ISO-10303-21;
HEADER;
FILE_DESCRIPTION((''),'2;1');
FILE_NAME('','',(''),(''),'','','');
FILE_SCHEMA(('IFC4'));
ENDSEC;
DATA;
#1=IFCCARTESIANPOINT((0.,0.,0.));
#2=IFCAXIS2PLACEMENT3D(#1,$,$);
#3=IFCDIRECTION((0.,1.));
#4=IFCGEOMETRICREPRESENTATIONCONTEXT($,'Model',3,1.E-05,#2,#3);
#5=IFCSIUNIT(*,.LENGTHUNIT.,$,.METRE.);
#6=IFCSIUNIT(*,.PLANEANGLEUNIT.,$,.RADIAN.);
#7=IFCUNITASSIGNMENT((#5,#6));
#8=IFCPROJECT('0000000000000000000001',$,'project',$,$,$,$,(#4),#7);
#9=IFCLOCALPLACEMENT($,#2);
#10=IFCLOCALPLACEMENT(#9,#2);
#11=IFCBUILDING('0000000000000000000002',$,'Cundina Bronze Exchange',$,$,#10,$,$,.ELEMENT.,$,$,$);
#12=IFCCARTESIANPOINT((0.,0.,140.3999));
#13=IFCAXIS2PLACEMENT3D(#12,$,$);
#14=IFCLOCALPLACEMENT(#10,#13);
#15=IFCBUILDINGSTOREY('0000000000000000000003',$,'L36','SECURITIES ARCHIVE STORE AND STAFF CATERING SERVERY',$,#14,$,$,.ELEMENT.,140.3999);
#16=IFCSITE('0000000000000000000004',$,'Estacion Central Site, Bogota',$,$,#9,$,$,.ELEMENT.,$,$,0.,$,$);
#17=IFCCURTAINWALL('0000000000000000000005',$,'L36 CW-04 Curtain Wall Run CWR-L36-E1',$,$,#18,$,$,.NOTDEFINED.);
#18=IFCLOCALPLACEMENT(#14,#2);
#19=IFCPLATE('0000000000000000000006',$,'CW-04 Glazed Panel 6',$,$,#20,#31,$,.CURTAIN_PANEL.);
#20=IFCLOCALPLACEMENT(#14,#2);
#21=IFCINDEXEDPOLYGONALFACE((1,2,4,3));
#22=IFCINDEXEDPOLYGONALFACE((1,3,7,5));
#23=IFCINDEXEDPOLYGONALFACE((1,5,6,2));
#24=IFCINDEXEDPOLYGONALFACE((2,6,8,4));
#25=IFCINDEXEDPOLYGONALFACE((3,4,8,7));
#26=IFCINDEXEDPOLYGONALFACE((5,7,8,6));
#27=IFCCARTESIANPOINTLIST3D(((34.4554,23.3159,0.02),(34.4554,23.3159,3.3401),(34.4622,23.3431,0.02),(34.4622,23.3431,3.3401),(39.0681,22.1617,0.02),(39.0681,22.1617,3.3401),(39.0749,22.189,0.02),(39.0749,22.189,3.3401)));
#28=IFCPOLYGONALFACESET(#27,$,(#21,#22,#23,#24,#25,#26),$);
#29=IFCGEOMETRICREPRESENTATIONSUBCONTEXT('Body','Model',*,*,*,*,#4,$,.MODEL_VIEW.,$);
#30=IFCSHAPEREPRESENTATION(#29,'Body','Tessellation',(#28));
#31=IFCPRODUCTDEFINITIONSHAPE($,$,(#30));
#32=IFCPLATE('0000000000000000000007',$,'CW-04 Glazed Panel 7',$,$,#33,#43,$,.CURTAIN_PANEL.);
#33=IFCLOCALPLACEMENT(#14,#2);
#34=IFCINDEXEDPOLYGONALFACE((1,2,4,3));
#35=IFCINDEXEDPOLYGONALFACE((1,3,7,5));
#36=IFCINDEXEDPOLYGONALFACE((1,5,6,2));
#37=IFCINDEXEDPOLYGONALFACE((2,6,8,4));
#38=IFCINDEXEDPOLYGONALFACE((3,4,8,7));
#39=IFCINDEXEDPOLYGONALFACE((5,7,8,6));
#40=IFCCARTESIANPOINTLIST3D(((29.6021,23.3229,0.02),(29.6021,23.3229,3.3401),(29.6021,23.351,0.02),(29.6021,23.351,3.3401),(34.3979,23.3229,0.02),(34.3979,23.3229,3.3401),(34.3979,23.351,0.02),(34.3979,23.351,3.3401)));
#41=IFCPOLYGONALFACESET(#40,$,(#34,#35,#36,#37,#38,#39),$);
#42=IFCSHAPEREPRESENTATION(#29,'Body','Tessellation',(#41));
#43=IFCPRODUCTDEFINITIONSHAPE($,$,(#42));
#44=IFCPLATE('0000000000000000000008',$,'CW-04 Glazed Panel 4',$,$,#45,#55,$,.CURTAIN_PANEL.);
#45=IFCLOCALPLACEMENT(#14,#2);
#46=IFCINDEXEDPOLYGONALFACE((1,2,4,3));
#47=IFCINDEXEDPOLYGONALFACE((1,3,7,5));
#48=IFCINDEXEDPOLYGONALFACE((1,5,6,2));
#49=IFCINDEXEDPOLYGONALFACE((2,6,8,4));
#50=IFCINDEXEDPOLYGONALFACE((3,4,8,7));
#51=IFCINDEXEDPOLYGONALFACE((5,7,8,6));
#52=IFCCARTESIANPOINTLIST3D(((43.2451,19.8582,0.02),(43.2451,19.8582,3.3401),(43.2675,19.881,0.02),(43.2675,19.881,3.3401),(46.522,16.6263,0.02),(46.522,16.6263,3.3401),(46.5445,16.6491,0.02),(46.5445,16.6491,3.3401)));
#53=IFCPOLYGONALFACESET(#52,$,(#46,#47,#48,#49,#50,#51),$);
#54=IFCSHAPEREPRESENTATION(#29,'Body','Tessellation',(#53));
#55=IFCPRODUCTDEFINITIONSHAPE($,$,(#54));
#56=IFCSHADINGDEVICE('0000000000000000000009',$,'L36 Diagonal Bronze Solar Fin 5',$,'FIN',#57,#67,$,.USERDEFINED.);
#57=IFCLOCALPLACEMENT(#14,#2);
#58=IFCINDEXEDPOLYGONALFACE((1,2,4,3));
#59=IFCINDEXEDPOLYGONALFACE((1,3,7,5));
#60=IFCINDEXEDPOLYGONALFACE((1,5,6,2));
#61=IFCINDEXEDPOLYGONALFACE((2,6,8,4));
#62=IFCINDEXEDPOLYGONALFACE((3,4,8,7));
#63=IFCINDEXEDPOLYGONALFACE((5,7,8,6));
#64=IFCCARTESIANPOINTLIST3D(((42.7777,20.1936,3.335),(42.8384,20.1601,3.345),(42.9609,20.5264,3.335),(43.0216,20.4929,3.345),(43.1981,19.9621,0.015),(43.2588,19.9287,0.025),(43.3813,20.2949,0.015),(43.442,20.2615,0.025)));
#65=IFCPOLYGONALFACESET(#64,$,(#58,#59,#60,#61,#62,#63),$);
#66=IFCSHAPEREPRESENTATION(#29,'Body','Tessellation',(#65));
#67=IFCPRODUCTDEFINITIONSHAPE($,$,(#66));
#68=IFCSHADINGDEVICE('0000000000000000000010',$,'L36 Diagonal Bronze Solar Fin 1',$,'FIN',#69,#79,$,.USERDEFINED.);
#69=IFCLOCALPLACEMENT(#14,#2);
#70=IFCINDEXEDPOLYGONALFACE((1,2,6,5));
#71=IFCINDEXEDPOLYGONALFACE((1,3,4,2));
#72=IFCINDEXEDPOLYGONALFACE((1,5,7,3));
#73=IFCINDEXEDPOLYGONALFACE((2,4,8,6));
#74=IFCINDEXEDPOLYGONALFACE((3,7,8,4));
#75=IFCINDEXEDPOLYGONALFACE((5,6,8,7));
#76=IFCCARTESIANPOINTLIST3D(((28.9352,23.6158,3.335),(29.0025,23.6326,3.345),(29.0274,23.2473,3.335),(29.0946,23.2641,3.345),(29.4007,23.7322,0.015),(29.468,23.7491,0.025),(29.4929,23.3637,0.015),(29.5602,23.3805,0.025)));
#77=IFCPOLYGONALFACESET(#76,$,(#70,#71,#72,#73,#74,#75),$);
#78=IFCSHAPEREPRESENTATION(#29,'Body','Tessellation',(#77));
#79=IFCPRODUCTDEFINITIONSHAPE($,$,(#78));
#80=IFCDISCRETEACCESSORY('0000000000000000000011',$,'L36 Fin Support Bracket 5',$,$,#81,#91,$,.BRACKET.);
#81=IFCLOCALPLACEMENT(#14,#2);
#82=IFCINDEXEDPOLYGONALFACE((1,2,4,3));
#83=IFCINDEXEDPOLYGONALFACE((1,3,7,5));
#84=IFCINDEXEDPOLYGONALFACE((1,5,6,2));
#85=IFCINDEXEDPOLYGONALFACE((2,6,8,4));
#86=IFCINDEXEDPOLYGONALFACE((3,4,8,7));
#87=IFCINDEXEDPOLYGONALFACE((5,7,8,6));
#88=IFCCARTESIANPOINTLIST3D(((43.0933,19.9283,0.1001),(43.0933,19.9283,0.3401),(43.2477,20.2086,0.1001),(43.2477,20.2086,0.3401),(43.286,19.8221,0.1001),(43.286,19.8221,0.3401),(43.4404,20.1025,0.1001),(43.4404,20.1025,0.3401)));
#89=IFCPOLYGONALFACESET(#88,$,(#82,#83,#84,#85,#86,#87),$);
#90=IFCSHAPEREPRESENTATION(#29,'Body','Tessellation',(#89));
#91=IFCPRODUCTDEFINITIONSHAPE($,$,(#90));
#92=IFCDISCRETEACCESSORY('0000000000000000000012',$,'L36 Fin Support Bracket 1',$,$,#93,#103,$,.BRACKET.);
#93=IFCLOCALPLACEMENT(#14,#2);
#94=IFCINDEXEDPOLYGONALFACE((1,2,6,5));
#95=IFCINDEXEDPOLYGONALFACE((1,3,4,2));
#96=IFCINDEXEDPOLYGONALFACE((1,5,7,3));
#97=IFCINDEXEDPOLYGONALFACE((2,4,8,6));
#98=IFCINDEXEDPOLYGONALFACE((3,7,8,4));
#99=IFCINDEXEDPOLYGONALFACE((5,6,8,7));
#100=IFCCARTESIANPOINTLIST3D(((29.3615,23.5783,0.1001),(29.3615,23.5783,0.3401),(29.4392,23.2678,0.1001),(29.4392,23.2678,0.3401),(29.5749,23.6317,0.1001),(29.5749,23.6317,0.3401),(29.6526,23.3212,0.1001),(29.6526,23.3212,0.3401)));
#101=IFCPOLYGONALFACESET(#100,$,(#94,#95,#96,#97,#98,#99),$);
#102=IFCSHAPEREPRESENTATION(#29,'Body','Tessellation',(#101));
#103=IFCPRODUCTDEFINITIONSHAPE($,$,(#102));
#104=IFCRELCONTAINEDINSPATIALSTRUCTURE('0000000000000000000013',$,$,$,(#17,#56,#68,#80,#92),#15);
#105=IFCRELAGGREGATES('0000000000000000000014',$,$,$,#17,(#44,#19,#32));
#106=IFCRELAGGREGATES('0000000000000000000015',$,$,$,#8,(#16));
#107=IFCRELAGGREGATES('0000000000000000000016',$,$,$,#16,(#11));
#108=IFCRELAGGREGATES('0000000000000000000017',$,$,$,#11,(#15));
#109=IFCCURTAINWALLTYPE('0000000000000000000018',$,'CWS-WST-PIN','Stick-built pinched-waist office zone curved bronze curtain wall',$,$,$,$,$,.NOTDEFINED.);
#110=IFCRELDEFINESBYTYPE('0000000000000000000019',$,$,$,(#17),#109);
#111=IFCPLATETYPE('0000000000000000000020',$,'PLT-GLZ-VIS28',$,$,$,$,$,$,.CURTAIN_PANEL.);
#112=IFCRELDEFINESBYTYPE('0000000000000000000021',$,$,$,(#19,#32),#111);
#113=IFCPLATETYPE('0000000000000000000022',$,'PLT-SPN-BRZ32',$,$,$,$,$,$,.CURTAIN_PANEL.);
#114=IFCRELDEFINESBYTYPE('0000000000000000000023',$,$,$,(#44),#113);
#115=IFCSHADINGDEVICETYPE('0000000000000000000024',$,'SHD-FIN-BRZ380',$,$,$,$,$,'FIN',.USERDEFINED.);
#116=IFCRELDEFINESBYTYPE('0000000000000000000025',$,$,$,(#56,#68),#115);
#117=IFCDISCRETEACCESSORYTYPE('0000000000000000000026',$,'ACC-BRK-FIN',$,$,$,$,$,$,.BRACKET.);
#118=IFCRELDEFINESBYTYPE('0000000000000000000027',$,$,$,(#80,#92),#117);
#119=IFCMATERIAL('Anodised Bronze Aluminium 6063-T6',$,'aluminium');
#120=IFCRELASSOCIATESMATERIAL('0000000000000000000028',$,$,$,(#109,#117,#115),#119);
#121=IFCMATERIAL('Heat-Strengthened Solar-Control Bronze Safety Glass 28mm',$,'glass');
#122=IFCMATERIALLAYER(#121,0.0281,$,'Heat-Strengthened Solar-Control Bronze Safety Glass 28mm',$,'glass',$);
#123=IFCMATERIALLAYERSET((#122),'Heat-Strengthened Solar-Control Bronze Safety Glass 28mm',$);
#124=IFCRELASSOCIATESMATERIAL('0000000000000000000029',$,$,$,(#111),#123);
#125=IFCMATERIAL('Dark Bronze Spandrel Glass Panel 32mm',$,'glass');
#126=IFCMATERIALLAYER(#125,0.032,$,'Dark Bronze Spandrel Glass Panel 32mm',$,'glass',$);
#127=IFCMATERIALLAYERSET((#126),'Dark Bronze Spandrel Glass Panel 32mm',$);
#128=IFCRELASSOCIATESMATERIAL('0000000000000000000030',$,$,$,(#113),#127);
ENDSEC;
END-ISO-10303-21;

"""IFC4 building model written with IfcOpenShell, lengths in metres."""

from ifc_helpers import new_model, si_unit, direction, frame, origin, origin_2d, place, context, subcontext, project, spatial, rectangle, extrude, material, layer, layer_set, material_profile, profile_set, type_object, element, aggregate, save


model = new_model("IFC4")

# Units and contexts
model_context = context("Model", 3, precision=1e-05, world=origin(), true_north=direction((0.0, 1.0)))
body_context = subcontext(model_context, "Body", "Model", "MODEL_VIEW")
ifc_project = project(units=[si_unit("LENGTHUNIT", "METRE"), si_unit("PLANEANGLEUNIT", "RADIAN")], contexts=[model_context])

# Site, building, storey
site_placement = place(None, origin())
site = spatial("IfcSite", under=ifc_project, at=site_placement, Name="Estacion Central Site, Bogota", CompositionType="ELEMENT", RefElevation=0.0)
building_placement = place(site_placement, origin())
building = spatial("IfcBuilding", under=site, at=building_placement, Name="Cundina Bronze Exchange", CompositionType="ELEMENT")
storey_placement = place(building_placement, frame((0.0, 0.0, 140.3999)))
storey = spatial("IfcBuildingStorey", under=building, at=storey_placement, Name="L36", Description="SECURITIES ARCHIVE STORE AND STAFF CATERING SERVERY", CompositionType="ELEMENT", Elevation=140.3999)

# Curtain wall
ifc_material_1 = material(Name="Anodised Bronze Aluminium 6063-T6", Category="aluminium")
curtain_wall_type = type_object("IfcCurtainWallType", Name="CWS-WST-PIN", Description="Stick-built pinched-waist office zone curved bronze curtain wall", PredefinedType="NOTDEFINED", material=ifc_material_1)
curtain_wall_1_placement = place(storey_placement, origin())
curtain_wall_1 = element("IfcCurtainWall", 1, at=curtain_wall_1_placement, inside=storey, type_object=curtain_wall_type, Name="L36 CW-04 Curtain Wall Run CWR-L36-E1", PredefinedType="NOTDEFINED")

# Plates
ifc_material_2 = material(Name="Heat-Strengthened Solar-Control Bronze Safety Glass 28mm", Category="glass")
ifc_layer_1 = layer(ifc_material_2, 0.0281, Name="Heat-Strengthened Solar-Control Bronze Safety Glass 28mm", Category="glass")
ifc_layer_set_1 = layer_set([ifc_layer_1], Name="Heat-Strengthened Solar-Control Bronze Safety Glass 28mm")
plate_type_1 = type_object("IfcPlateType", Name="PLT-GLZ-VIS28", PredefinedType="CURTAIN_PANEL", material=ifc_layer_set_1)
plate_1_placement = place(storey_placement, frame((36.7651, 22.7524, 0.02), z_axis=(0.0, 0.0, 1.0), x_axis=(-0.970093, 0.242735, 0.0)))
plate_1 = element("IfcPlate", 2, at=plate_1_placement, type_object=plate_type_1, Name="CW-04 Glazed Panel 6", PredefinedType="CURTAIN_PANEL", context=body_context, shape_type="SweptSolid", body=[
    extrude(rectangle(XDim=4.7549, YDim=0.0281, at=origin_2d()), origin(), (0.0, 0.0, 1.0), 3.3201),
])
plate_2_placement = place(storey_placement, frame((32.0, 23.3369, 0.02), z_axis=(0.0, 0.0, 1.0), x_axis=(-1.0, 0.0, 0.0)))
plate_2 = element("IfcPlate", 3, at=plate_2_placement, type_object=plate_type_1, Name="CW-04 Glazed Panel 7", PredefinedType="CURTAIN_PANEL", context=body_context, shape_type="SweptSolid", body=[
    extrude(rectangle(XDim=4.7959, YDim=0.0281, at=origin_2d()), origin(), (0.0, 0.0, 1.0), 3.3201),
])
ifc_material_3 = material(Name="Dark Bronze Spandrel Glass Panel 32mm", Category="glass")
ifc_layer_2 = layer(ifc_material_3, 0.032, Name="Dark Bronze Spandrel Glass Panel 32mm", Category="glass")
ifc_layer_set_2 = layer_set([ifc_layer_2], Name="Dark Bronze Spandrel Glass Panel 32mm")
plate_type_2 = type_object("IfcPlateType", Name="PLT-SPN-BRZ32", PredefinedType="CURTAIN_PANEL", material=ifc_layer_set_2)
plate_3_placement = place(storey_placement, frame((44.8948, 18.2537, 0.02), z_axis=(0.0, 0.0, 1.0), x_axis=(-0.711989, 0.70219, 0.0)))
plate_3 = element("IfcPlate", 4, at=plate_3_placement, type_object=plate_type_2, Name="CW-04 Glazed Panel 4", PredefinedType="CURTAIN_PANEL", context=body_context, shape_type="SweptSolid", body=[
    extrude(rectangle(XDim=4.6025, YDim=0.032, at=origin_2d()), origin(), (0.0, 0.0, 1.0), 3.3201),
])
aggregate(curtain_wall_1, [plate_3, plate_1, plate_2])

# Shading devices
ifc_material_profile_1 = material_profile(ifc_material_1, rectangle(XDim=0.0701, YDim=0.3799, at=origin_2d()), Name="FIN70X380", Category="aluminium")
ifc_profile_set_1 = profile_set([ifc_material_profile_1], Name="Anodised Bronze Aluminium 6063-T6")
shading_device_type = type_object("IfcShadingDeviceType", Name="SHD-FIN-BRZ380", ElementType="FIN", PredefinedType="USERDEFINED", material=ifc_profile_set_1)
for number, where, z_axis, x_axis, name in (
    (5, (43.3201, 20.1118, 0.02), (-0.125324, 0.068994, 0.989714), (0.867012, -0.47731, 0.143061), "L36 Diagonal Bronze Solar Fin 5"),
    (6, (29.4805, 23.5564, 0.02), (-0.138788, -0.034715, 0.989713), (0.960133, 0.240159, 0.143064), "L36 Diagonal Bronze Solar Fin 1"),
):
    element("IfcShadingDevice", number, at=place(storey_placement, frame(where, z_axis=z_axis, x_axis=x_axis)), inside=storey, type_object=shading_device_type, Name=name, ObjectType="FIN", PredefinedType="USERDEFINED", context=body_context, shape_type="SweptSolid", body=[
        extrude(rectangle(XDim=0.0701, YDim=0.3799, at=origin_2d()), origin(), (0.0, 0.0, 1.0), 3.3545),
    ])

# Discrete accessories
discrete_accessory_type = type_object("IfcDiscreteAccessoryType", Name="ACC-BRK-FIN", PredefinedType="BRACKET", material=ifc_material_1)
for number, where, z_axis, x_axis, name in (
    (7, (43.2668, 20.0154, 0.1001), (0.0, 0.0, 1.0), (-0.875869, 0.482549, 0.0), "L36 Fin Support Bracket 5"),
    (8, (29.5071, 23.4497, 0.1001), (0.0, 0.0, 1.0), (-0.970093, -0.242735, 0.0), "L36 Fin Support Bracket 1"),
):
    element("IfcDiscreteAccessory", number, at=place(storey_placement, frame(where, z_axis=z_axis, x_axis=x_axis)), inside=storey, type_object=discrete_accessory_type, Name=name, PredefinedType="BRACKET", context=body_context, shape_type="SweptSolid", body=[
        extrude(rectangle(XDim=0.22, YDim=0.3201, at=origin_2d()), origin(), (0.0, 0.0, 1.0), 0.24),
    ])

save(model, "model.ifc")
